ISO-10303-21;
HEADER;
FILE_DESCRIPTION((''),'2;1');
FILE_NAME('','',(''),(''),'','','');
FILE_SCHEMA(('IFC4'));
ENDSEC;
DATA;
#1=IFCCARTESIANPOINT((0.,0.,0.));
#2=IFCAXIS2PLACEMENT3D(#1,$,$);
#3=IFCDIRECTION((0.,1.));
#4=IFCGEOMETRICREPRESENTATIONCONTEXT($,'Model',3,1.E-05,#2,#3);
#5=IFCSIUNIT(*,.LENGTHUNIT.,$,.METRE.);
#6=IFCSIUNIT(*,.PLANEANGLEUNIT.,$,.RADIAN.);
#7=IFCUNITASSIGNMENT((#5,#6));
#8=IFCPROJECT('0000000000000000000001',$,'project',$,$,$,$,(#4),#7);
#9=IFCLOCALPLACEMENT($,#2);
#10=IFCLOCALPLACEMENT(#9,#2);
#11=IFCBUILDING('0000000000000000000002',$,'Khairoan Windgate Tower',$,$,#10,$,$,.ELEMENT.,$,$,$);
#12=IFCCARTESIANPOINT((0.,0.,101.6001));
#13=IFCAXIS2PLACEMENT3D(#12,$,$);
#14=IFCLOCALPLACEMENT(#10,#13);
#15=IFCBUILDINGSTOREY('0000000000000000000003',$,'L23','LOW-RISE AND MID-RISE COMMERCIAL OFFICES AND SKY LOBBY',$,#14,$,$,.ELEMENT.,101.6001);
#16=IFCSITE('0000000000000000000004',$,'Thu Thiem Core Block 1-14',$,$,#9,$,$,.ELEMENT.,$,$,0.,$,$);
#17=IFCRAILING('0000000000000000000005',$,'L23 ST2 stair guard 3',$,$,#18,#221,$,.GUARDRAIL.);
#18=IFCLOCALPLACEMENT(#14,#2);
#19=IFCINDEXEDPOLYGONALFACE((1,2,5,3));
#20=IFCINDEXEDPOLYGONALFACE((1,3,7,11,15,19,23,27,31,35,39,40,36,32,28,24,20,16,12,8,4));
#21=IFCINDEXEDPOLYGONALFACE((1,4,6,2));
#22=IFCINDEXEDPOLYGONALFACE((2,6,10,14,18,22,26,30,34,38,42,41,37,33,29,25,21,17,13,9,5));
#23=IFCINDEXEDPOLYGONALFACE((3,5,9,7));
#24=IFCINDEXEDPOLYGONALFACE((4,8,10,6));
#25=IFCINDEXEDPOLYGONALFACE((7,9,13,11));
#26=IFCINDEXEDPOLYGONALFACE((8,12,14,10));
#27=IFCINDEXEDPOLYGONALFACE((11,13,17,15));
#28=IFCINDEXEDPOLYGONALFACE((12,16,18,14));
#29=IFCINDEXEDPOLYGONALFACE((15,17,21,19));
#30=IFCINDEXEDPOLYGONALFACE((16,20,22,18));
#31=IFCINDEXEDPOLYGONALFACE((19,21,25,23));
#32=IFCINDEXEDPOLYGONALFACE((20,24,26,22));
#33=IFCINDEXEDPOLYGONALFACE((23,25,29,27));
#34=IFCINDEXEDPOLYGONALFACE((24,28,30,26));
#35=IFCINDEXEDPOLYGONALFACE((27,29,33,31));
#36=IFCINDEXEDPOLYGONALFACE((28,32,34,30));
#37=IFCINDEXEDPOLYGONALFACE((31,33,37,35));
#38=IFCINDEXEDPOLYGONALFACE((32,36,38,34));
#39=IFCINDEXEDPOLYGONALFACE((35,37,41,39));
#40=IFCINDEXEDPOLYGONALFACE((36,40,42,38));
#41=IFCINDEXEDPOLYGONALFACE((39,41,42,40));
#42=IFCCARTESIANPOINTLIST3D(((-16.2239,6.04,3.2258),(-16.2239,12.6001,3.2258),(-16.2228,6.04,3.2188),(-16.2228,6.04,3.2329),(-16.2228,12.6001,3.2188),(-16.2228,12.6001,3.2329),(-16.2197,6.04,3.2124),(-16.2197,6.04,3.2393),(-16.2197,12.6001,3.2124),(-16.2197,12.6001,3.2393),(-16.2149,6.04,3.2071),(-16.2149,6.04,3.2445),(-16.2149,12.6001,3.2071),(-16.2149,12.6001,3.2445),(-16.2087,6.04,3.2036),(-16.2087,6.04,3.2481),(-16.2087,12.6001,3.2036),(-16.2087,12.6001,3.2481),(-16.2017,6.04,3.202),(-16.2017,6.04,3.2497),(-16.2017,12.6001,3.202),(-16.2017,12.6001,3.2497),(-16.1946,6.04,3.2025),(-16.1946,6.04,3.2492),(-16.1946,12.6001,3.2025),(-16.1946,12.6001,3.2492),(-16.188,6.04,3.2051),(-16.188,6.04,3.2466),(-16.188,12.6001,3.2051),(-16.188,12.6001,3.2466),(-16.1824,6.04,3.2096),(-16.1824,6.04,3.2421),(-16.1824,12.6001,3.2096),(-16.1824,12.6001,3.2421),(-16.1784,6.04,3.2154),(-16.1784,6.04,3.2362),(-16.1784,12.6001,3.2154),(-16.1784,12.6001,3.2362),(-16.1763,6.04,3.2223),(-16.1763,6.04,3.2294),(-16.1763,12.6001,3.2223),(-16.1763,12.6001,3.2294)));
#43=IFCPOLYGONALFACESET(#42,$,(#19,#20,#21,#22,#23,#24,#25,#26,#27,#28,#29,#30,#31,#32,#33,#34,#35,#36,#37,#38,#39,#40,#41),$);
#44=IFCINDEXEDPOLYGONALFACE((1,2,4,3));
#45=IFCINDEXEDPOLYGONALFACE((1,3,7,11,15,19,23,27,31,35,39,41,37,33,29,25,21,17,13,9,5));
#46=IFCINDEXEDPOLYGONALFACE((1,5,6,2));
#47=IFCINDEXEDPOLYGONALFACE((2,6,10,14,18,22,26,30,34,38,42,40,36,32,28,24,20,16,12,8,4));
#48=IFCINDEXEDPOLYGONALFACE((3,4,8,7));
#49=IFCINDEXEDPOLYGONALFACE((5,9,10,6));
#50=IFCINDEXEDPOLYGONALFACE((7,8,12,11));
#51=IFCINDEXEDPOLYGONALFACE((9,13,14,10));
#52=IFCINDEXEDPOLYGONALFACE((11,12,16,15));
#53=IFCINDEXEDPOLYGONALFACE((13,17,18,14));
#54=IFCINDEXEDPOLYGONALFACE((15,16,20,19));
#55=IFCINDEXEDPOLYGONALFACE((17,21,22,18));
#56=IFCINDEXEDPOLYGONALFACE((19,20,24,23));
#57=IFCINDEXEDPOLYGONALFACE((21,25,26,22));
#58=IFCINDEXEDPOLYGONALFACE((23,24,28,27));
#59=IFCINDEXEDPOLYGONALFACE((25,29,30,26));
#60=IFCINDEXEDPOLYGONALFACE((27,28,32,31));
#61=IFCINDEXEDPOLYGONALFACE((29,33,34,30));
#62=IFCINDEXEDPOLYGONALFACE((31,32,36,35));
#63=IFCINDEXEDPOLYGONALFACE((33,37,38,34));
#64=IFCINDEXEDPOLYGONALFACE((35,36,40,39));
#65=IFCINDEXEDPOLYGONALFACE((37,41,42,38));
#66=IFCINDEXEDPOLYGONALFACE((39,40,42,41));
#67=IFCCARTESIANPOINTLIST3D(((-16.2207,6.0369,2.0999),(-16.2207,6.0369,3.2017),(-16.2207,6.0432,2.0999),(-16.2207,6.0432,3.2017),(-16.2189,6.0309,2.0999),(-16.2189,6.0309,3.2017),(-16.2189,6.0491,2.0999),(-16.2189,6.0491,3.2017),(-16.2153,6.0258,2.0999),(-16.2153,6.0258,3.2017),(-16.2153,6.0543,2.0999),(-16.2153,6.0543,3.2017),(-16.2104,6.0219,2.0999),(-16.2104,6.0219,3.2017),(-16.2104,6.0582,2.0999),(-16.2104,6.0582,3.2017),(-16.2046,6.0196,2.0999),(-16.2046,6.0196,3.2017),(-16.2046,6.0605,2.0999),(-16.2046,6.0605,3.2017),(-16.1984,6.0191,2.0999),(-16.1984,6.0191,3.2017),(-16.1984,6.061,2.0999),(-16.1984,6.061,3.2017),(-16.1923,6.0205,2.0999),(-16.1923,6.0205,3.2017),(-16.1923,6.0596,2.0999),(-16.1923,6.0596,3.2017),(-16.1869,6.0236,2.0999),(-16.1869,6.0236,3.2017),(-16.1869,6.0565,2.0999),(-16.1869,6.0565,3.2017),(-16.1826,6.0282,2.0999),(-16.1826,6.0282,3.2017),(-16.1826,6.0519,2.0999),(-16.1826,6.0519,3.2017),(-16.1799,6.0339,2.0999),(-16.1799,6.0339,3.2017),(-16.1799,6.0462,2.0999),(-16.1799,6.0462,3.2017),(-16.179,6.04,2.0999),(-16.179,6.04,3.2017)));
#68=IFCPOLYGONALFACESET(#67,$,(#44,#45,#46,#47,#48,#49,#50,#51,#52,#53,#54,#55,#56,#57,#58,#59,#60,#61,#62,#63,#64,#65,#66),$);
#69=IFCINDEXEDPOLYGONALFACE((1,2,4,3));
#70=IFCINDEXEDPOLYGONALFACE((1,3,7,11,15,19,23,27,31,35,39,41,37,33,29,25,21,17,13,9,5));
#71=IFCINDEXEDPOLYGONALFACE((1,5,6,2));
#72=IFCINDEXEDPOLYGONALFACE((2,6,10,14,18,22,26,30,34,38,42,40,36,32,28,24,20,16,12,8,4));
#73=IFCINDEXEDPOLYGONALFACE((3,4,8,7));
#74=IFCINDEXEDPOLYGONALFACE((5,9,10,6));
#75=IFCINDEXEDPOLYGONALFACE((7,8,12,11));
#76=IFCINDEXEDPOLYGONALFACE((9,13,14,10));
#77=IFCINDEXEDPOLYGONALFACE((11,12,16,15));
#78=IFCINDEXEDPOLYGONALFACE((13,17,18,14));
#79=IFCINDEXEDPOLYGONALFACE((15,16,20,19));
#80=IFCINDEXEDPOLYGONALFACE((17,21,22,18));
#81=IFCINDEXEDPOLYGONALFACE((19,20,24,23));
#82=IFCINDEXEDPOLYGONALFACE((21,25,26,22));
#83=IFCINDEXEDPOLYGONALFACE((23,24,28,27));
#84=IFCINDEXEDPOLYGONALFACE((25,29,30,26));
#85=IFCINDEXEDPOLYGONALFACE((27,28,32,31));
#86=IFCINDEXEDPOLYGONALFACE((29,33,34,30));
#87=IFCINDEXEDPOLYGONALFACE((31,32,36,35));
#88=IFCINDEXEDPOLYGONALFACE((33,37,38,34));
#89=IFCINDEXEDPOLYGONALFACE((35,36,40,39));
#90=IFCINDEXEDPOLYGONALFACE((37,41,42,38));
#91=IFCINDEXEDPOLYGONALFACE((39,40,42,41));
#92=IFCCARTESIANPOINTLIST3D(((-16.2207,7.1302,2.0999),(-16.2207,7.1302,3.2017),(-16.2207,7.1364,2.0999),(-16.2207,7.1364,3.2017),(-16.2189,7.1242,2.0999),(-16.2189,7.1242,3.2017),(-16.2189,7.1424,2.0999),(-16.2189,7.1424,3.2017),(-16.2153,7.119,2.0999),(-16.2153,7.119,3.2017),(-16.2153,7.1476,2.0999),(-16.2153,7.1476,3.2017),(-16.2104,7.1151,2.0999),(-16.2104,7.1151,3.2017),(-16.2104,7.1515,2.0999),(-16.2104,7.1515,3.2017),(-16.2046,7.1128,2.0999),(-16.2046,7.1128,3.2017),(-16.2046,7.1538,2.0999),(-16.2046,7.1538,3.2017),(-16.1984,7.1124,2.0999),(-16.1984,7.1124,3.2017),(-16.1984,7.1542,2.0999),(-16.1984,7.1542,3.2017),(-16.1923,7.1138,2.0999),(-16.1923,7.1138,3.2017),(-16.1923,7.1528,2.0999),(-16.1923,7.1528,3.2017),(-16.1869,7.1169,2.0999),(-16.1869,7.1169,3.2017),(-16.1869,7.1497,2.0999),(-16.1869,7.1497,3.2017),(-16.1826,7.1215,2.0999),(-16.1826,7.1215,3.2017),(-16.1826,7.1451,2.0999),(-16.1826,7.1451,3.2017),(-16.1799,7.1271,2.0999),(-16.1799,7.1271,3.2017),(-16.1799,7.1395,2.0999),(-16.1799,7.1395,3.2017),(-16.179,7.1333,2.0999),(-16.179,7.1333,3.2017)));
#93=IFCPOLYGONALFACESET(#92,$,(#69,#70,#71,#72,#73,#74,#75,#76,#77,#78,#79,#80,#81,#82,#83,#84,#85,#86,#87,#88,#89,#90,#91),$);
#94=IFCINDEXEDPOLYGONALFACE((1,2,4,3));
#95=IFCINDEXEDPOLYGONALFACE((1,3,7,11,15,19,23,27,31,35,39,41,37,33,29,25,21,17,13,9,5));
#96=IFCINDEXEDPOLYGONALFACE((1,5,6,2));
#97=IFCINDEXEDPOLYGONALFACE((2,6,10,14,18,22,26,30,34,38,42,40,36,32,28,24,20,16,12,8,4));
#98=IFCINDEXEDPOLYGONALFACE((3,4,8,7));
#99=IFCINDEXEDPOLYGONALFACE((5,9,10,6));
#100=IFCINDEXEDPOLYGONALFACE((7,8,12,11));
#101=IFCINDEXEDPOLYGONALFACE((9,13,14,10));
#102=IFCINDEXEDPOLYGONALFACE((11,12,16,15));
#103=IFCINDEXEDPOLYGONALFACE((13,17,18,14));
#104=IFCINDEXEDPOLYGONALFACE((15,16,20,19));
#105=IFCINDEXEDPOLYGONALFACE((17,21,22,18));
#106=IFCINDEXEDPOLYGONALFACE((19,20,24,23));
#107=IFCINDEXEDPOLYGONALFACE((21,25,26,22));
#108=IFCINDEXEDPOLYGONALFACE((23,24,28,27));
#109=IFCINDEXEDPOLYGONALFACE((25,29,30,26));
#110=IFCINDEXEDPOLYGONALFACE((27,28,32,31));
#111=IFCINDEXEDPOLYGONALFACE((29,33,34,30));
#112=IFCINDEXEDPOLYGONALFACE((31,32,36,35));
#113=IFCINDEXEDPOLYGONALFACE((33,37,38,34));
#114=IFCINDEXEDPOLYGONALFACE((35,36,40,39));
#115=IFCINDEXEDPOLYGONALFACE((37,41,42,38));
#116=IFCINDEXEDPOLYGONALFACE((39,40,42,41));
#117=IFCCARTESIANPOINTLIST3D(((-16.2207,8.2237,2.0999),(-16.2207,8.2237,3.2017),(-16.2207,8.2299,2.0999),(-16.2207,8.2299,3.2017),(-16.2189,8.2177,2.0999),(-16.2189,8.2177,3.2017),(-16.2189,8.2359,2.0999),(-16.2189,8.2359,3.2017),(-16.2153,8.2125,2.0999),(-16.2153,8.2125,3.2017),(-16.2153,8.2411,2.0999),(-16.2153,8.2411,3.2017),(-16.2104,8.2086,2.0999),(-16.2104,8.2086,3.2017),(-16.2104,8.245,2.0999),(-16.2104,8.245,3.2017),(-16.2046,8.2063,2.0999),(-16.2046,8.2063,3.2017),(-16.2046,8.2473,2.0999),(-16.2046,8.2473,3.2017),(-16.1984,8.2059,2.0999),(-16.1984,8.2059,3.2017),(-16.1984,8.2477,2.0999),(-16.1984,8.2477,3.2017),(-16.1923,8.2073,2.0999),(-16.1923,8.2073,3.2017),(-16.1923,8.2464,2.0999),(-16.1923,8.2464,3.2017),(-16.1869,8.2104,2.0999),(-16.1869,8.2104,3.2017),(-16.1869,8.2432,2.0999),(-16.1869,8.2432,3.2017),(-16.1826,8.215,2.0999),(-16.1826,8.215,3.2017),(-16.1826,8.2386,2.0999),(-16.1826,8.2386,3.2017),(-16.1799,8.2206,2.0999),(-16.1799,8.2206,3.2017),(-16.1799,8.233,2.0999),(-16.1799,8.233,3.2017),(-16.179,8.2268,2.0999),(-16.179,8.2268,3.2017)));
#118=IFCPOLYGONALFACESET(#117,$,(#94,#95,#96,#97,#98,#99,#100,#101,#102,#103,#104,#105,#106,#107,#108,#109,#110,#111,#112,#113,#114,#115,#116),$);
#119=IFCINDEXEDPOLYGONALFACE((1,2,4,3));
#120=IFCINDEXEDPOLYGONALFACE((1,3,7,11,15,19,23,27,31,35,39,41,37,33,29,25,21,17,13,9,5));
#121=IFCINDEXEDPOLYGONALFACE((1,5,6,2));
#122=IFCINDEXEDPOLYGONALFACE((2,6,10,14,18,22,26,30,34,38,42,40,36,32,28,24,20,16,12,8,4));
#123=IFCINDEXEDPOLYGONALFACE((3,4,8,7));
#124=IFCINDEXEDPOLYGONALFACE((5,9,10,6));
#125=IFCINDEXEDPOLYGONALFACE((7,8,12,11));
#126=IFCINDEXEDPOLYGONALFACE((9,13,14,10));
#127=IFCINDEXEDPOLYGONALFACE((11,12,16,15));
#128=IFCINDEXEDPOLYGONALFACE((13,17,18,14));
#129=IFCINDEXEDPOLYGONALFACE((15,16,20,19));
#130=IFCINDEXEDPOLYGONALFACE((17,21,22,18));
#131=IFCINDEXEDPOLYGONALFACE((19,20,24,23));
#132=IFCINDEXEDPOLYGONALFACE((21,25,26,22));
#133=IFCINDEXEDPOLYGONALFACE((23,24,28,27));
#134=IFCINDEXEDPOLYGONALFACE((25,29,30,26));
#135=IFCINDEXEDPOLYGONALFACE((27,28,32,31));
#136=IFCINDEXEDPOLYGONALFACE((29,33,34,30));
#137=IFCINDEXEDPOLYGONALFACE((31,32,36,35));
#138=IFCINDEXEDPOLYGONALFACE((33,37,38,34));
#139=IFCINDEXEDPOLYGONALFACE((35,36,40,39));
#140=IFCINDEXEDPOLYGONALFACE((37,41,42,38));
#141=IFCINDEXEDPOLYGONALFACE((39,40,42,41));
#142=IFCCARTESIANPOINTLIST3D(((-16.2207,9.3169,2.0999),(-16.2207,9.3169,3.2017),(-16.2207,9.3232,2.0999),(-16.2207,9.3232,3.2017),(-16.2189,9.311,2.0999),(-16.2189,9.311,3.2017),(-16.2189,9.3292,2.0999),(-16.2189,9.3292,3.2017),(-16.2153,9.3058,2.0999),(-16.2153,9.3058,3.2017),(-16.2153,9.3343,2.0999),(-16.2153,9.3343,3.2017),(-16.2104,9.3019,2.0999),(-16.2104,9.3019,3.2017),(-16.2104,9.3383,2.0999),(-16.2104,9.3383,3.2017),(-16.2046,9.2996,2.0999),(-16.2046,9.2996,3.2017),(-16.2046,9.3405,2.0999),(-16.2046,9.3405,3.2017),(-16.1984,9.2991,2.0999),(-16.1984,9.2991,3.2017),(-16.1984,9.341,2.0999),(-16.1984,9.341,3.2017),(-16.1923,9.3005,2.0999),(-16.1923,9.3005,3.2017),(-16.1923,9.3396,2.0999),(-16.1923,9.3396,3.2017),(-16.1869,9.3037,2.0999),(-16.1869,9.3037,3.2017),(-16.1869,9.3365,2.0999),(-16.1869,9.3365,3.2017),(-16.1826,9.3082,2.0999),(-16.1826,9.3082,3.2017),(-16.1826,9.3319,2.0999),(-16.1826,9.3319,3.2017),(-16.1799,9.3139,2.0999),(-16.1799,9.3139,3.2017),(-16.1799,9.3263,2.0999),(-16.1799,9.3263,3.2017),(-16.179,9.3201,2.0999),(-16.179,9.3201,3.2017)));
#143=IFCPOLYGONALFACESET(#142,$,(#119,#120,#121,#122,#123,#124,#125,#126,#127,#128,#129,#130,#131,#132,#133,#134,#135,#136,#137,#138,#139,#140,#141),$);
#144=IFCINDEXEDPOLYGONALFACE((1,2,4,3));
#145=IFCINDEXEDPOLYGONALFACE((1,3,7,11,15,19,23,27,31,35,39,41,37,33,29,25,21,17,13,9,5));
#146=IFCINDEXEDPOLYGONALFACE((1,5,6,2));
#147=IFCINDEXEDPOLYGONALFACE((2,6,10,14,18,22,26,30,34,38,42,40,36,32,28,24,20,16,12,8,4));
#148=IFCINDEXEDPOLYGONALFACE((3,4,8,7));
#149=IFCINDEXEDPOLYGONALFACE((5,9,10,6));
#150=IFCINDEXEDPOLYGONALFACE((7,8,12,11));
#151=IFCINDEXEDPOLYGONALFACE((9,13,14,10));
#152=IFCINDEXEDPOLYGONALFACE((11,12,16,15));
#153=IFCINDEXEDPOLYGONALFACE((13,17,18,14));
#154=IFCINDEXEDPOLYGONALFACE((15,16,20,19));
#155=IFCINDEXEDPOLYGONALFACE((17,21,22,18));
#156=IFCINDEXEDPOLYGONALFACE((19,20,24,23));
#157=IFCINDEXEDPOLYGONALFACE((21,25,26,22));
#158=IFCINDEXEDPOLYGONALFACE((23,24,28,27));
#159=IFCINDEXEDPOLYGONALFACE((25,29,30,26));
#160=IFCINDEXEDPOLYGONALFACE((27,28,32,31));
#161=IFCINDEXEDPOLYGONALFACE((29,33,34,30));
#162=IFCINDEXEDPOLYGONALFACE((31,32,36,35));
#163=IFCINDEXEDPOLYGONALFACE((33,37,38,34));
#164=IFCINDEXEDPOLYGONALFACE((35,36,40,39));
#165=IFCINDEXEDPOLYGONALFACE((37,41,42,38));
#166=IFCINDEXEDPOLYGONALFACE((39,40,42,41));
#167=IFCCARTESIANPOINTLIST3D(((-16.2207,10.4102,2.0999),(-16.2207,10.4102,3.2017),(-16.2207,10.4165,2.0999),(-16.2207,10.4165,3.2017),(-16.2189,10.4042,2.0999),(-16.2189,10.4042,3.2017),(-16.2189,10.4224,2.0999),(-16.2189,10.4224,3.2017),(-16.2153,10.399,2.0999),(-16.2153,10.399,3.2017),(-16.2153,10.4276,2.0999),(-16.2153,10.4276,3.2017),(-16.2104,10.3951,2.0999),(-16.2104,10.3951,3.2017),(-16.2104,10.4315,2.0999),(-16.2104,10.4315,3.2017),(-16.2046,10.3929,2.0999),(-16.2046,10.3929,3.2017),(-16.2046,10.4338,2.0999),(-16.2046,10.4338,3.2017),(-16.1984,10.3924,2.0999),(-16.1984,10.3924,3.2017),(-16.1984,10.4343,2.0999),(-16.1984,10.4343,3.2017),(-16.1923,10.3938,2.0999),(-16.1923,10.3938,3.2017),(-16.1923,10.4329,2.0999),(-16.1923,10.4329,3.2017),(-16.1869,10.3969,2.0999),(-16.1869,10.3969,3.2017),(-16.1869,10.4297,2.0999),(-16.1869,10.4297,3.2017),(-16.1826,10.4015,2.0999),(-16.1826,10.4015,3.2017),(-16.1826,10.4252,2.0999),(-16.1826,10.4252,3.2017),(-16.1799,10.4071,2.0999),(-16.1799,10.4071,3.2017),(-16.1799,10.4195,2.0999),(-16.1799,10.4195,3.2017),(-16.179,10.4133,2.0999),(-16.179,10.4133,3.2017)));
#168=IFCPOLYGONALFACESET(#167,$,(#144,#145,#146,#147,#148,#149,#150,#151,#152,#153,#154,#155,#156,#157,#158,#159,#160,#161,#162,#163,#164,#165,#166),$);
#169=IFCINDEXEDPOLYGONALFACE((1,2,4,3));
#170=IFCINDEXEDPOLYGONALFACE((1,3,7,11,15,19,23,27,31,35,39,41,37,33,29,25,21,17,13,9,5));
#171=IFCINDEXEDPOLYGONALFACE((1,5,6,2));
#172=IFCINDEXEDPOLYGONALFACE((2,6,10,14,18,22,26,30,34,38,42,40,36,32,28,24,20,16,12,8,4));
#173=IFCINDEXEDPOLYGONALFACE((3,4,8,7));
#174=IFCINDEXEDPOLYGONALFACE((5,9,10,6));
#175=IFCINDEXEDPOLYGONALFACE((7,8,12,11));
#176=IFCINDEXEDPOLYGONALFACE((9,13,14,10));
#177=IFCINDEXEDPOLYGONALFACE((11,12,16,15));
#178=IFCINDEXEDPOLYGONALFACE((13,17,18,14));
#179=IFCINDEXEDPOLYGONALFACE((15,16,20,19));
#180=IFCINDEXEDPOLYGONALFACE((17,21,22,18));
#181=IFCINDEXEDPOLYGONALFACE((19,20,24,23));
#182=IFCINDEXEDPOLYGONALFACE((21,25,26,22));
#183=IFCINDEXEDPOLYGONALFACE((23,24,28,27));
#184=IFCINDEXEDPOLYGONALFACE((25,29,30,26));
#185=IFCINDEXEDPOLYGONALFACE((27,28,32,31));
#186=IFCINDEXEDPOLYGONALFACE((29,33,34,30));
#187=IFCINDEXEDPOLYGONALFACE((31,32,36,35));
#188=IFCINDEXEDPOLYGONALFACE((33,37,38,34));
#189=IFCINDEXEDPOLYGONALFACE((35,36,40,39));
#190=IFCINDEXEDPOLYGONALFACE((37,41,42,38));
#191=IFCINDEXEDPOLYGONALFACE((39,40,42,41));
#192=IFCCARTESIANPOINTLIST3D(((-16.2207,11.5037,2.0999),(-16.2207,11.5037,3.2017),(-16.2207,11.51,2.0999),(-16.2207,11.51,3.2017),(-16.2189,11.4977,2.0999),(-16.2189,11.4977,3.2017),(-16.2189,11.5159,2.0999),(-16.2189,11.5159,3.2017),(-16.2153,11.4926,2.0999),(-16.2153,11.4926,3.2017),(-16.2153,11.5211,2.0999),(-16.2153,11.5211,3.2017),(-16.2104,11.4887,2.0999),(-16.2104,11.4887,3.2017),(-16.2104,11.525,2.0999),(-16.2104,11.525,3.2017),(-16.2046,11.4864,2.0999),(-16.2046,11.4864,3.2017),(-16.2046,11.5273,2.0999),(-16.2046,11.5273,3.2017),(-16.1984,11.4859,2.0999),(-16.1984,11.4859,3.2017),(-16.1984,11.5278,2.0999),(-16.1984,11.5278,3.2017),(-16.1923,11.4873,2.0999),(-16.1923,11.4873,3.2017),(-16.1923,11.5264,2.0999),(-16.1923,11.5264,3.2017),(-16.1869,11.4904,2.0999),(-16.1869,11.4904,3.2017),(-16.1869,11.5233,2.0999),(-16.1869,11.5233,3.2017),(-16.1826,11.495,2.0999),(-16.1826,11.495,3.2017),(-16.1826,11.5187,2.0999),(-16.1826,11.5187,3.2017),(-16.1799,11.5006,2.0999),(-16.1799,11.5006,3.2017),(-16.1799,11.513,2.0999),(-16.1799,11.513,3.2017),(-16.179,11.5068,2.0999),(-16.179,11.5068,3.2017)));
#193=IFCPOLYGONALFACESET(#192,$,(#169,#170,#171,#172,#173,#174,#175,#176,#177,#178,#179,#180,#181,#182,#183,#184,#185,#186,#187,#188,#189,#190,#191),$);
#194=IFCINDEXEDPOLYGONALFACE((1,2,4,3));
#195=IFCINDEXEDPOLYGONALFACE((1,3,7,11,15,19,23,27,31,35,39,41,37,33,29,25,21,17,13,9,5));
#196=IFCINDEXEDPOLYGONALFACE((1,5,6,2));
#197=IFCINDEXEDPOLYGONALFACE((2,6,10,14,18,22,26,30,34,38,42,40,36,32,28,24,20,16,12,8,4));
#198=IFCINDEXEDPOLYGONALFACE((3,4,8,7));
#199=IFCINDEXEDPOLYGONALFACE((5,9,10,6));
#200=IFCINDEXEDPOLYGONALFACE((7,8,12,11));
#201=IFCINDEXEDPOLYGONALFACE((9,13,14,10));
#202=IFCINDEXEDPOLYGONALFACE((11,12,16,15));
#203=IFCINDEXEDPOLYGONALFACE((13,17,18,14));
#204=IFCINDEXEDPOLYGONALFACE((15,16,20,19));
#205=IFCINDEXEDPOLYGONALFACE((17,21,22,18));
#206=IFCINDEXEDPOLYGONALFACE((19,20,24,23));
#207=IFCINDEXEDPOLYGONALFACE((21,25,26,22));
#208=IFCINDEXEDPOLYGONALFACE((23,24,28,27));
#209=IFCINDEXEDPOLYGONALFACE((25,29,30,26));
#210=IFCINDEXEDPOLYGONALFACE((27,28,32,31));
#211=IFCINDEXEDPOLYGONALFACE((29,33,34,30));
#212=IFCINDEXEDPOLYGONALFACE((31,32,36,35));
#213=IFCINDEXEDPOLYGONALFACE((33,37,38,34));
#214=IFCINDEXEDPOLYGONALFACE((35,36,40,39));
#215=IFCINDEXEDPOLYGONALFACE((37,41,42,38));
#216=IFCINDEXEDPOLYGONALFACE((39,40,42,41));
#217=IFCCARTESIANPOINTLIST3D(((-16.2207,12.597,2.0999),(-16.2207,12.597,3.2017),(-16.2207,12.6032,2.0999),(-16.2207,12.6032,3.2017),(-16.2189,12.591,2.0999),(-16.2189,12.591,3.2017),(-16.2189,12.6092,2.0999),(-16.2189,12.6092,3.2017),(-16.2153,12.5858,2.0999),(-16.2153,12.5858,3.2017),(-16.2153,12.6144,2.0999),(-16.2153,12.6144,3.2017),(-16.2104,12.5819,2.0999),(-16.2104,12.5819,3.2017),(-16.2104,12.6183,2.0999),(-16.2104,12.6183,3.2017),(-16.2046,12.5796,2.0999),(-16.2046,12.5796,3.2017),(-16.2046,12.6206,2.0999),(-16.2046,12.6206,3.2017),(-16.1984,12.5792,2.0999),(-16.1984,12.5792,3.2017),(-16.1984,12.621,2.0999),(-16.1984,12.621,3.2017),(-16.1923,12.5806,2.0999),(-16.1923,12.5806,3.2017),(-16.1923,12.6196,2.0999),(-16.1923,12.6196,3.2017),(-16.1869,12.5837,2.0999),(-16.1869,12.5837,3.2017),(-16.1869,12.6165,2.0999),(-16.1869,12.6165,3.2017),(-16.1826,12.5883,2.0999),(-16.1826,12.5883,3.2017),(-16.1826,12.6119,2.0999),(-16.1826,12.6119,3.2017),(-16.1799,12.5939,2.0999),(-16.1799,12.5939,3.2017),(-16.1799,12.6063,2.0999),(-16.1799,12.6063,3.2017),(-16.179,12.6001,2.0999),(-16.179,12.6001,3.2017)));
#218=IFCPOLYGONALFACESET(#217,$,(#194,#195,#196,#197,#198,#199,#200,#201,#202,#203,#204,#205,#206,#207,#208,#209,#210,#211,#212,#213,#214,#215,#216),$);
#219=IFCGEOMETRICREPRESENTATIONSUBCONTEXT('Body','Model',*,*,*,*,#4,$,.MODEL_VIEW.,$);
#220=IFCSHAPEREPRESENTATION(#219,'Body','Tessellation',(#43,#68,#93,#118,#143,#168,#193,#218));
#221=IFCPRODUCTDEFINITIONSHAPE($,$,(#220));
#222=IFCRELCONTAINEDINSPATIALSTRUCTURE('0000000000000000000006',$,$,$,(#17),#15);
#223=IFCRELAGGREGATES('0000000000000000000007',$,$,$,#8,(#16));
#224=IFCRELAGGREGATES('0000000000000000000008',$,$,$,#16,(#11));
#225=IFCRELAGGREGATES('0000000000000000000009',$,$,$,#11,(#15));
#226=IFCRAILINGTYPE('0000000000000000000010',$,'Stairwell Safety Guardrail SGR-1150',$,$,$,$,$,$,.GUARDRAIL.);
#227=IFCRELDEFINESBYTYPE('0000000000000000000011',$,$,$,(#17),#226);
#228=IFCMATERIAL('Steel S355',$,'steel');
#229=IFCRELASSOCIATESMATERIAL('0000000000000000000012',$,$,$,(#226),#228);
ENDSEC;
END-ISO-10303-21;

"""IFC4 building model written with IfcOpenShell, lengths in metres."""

from ifc_helpers import new_model, si_unit, direction, frame, origin, origin_2d, place, context, subcontext, project, spatial, circle, extrude, material, type_object, element, save


model = new_model("IFC4")

# Units and contexts
model_context = context("Model", 3, precision=1e-05, world=origin(), true_north=direction((0.0, 1.0)))
body_context = subcontext(model_context, "Body", "Model", "MODEL_VIEW")
ifc_project = project(units=[si_unit("LENGTHUNIT", "METRE"), si_unit("PLANEANGLEUNIT", "RADIAN")], contexts=[model_context])

# Site, building, storey
site_placement = place(None, origin())
site = spatial("IfcSite", under=ifc_project, at=site_placement, Name="Thu Thiem Core Block 1-14", CompositionType="ELEMENT", RefElevation=0.0)
building_placement = place(site_placement, origin())
building = spatial("IfcBuilding", under=site, at=building_placement, Name="Khairoan Windgate Tower", CompositionType="ELEMENT")
storey_placement = place(building_placement, frame((0.0, 0.0, 101.6001)))
storey = spatial("IfcBuildingStorey", under=building, at=storey_placement, Name="L23", Description="LOW-RISE AND MID-RISE COMMERCIAL OFFICES AND SKY LOBBY", CompositionType="ELEMENT", Elevation=101.6001)

# Railing
ifc_material_1 = material(Name="Steel S355", Category="steel")
railing_type_1 = type_object("IfcRailingType", Name="Stairwell Safety Guardrail SGR-1150", PredefinedType="GUARDRAIL", material=ifc_material_1)
railing_1_placement = place(storey_placement, frame((-16.2, 6.04, 2.0999)))
element("IfcRailing", 1, at=railing_1_placement, inside=storey, type_object=railing_type_1, Name="L23 ST2 stair guard 3", PredefinedType="GUARDRAIL", context=body_context, shape_type="SweptSolid", body=[
    extrude(circle(Radius=0.0239, at=origin_2d()), frame((0.0, 0.0, 1.126), z_axis=(0.0, 1.0, 0.0), x_axis=(-1.0, 0.0, 0.0)), (0.0, 0.0, 1.0), 6.5601),
    extrude(circle(Radius=0.021, at=origin_2d()), origin(), (0.0, 0.0, 1.0), 1.1018),
    extrude(circle(Radius=0.021, at=origin_2d()), frame((0.0, 1.0933, 0.0)), (0.0, 0.0, 1.0), 1.1018),
    extrude(circle(Radius=0.021, at=origin_2d()), frame((0.0, 2.1868, 0.0)), (0.0, 0.0, 1.0), 1.1018),
    extrude(circle(Radius=0.021, at=origin_2d()), frame((0.0, 3.28, 0.0)), (0.0, 0.0, 1.0), 1.1018),
    extrude(circle(Radius=0.021, at=origin_2d()), frame((0.0, 4.3733, 0.0)), (0.0, 0.0, 1.0), 1.1018),
    extrude(circle(Radius=0.021, at=origin_2d()), frame((0.0, 5.4668, 0.0)), (0.0, 0.0, 1.0), 1.1018),
    extrude(circle(Radius=0.021, at=origin_2d()), frame((0.0, 6.5601, 0.0)), (0.0, 0.0, 1.0), 1.1018),
])

save(model, "model.ifc")
